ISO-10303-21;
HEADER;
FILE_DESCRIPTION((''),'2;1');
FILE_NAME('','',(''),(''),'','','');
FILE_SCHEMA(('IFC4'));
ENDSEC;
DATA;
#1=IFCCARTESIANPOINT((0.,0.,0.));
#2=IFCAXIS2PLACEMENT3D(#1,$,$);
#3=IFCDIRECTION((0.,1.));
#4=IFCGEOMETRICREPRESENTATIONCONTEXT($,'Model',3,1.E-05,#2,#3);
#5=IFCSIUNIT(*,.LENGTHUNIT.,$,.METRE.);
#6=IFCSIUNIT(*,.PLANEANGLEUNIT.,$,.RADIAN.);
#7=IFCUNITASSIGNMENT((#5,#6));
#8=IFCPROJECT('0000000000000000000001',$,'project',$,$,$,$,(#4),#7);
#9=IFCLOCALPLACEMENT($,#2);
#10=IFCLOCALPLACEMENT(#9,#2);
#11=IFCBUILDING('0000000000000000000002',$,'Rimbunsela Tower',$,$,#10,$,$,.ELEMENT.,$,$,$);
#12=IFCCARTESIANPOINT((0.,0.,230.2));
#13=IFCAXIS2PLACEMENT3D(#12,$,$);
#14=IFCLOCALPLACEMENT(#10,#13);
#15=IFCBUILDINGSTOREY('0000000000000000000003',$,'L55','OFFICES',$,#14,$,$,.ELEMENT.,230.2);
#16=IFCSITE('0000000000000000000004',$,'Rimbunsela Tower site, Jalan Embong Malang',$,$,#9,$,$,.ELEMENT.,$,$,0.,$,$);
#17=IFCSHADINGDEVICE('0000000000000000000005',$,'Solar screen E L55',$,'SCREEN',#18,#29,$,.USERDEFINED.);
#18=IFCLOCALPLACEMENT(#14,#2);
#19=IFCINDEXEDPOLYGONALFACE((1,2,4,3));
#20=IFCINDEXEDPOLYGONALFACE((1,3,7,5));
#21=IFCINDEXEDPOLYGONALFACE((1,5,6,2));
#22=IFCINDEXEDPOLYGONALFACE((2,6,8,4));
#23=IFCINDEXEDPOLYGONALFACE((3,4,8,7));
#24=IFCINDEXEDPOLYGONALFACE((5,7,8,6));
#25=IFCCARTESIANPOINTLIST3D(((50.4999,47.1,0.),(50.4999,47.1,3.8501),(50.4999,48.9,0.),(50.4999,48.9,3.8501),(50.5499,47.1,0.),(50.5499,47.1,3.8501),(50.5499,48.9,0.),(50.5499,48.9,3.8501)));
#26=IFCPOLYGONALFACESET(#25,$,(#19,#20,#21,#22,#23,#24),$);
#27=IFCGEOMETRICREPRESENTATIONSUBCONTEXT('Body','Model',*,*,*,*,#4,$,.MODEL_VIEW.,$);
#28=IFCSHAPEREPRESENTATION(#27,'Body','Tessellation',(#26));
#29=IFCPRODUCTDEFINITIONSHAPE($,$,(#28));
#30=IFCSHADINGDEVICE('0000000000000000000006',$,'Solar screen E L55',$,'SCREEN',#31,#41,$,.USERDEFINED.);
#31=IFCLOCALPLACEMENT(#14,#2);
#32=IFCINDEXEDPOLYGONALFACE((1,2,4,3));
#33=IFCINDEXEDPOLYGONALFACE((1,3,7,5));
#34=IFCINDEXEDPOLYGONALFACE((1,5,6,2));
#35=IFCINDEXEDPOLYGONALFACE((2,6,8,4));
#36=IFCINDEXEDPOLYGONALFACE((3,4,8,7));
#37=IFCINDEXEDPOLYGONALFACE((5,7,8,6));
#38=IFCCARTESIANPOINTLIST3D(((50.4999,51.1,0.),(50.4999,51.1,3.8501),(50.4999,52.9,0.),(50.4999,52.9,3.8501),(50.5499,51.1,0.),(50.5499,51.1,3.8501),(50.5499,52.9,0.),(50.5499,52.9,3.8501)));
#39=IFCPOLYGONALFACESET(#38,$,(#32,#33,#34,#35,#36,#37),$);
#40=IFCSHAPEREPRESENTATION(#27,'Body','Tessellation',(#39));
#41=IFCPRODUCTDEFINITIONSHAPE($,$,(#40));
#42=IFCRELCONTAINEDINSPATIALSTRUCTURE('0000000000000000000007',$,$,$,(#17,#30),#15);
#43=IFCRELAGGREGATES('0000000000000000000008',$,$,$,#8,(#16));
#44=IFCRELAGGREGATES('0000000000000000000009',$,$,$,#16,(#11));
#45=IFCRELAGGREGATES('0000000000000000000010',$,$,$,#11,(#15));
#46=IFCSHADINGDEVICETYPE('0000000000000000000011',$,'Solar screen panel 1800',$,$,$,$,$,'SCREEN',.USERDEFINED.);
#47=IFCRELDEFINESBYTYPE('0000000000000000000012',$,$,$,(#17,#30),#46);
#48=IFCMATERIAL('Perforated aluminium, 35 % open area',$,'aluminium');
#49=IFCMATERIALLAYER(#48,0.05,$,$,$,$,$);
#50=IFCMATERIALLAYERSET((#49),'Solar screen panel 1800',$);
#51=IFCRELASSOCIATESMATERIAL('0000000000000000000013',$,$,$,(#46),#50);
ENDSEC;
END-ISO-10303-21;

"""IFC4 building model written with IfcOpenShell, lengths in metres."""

from ifc_helpers import new_model, si_unit, direction, frame, origin, origin_2d, place, context, subcontext, project, spatial, rectangle, extrude, material, layer, layer_set, type_object, element, save


model = new_model("IFC4")

# Units and contexts
model_context = context("Model", 3, precision=1e-05, world=origin(), true_north=direction((0.0, 1.0)))
body_context = subcontext(model_context, "Body", "Model", "MODEL_VIEW")
ifc_project = project(units=[si_unit("LENGTHUNIT", "METRE"), si_unit("PLANEANGLEUNIT", "RADIAN")], contexts=[model_context])

# Site, building, storey
site_placement = place(None, origin())
site = spatial("IfcSite", under=ifc_project, at=site_placement, Name="Rimbunsela Tower site, Jalan Embong Malang", CompositionType="ELEMENT", RefElevation=0.0)
building_placement = place(site_placement, origin())
building = spatial("IfcBuilding", under=site, at=building_placement, Name="Rimbunsela Tower", CompositionType="ELEMENT")
storey_placement = place(building_placement, frame((0.0, 0.0, 230.2)))
storey = spatial("IfcBuildingStorey", under=building, at=storey_placement, Name="L55", Description="OFFICES", CompositionType="ELEMENT", Elevation=230.2)

# Shading devices
ifc_material_1 = material(Name="Perforated aluminium, 35 % open area", Category="aluminium")
ifc_layer_1 = layer(ifc_material_1, 0.05)
ifc_layer_set_1 = layer_set([ifc_layer_1], Name="Solar screen panel 1800")
shading_device_type = type_object("IfcShadingDeviceType", Name="Solar screen panel 1800", ElementType="SCREEN", PredefinedType="USERDEFINED", material=ifc_layer_set_1)
for number, where, z_axis, x_axis, name in (
    (1, (50.5249, 48.0, 0.0), (0.0, 0.0, 1.0), (0.0, 1.0, 0.0), "Solar screen E L55"),
    (2, (50.5249, 52.0, 0.0), (0.0, 0.0, 1.0), (0.0, 1.0, 0.0), "Solar screen E L55"),
):
    element("IfcShadingDevice", number, at=place(storey_placement, frame(where, z_axis=z_axis, x_axis=x_axis)), inside=storey, type_object=shading_device_type, Name=name, ObjectType="SCREEN", PredefinedType="USERDEFINED", context=body_context, shape_type="SweptSolid", body=[
        extrude(rectangle(XDim=1.8, YDim=0.05, at=origin_2d()), origin(), (0.0, 0.0, 1.0), 3.8501),
    ])

save(model, "model.ifc")
